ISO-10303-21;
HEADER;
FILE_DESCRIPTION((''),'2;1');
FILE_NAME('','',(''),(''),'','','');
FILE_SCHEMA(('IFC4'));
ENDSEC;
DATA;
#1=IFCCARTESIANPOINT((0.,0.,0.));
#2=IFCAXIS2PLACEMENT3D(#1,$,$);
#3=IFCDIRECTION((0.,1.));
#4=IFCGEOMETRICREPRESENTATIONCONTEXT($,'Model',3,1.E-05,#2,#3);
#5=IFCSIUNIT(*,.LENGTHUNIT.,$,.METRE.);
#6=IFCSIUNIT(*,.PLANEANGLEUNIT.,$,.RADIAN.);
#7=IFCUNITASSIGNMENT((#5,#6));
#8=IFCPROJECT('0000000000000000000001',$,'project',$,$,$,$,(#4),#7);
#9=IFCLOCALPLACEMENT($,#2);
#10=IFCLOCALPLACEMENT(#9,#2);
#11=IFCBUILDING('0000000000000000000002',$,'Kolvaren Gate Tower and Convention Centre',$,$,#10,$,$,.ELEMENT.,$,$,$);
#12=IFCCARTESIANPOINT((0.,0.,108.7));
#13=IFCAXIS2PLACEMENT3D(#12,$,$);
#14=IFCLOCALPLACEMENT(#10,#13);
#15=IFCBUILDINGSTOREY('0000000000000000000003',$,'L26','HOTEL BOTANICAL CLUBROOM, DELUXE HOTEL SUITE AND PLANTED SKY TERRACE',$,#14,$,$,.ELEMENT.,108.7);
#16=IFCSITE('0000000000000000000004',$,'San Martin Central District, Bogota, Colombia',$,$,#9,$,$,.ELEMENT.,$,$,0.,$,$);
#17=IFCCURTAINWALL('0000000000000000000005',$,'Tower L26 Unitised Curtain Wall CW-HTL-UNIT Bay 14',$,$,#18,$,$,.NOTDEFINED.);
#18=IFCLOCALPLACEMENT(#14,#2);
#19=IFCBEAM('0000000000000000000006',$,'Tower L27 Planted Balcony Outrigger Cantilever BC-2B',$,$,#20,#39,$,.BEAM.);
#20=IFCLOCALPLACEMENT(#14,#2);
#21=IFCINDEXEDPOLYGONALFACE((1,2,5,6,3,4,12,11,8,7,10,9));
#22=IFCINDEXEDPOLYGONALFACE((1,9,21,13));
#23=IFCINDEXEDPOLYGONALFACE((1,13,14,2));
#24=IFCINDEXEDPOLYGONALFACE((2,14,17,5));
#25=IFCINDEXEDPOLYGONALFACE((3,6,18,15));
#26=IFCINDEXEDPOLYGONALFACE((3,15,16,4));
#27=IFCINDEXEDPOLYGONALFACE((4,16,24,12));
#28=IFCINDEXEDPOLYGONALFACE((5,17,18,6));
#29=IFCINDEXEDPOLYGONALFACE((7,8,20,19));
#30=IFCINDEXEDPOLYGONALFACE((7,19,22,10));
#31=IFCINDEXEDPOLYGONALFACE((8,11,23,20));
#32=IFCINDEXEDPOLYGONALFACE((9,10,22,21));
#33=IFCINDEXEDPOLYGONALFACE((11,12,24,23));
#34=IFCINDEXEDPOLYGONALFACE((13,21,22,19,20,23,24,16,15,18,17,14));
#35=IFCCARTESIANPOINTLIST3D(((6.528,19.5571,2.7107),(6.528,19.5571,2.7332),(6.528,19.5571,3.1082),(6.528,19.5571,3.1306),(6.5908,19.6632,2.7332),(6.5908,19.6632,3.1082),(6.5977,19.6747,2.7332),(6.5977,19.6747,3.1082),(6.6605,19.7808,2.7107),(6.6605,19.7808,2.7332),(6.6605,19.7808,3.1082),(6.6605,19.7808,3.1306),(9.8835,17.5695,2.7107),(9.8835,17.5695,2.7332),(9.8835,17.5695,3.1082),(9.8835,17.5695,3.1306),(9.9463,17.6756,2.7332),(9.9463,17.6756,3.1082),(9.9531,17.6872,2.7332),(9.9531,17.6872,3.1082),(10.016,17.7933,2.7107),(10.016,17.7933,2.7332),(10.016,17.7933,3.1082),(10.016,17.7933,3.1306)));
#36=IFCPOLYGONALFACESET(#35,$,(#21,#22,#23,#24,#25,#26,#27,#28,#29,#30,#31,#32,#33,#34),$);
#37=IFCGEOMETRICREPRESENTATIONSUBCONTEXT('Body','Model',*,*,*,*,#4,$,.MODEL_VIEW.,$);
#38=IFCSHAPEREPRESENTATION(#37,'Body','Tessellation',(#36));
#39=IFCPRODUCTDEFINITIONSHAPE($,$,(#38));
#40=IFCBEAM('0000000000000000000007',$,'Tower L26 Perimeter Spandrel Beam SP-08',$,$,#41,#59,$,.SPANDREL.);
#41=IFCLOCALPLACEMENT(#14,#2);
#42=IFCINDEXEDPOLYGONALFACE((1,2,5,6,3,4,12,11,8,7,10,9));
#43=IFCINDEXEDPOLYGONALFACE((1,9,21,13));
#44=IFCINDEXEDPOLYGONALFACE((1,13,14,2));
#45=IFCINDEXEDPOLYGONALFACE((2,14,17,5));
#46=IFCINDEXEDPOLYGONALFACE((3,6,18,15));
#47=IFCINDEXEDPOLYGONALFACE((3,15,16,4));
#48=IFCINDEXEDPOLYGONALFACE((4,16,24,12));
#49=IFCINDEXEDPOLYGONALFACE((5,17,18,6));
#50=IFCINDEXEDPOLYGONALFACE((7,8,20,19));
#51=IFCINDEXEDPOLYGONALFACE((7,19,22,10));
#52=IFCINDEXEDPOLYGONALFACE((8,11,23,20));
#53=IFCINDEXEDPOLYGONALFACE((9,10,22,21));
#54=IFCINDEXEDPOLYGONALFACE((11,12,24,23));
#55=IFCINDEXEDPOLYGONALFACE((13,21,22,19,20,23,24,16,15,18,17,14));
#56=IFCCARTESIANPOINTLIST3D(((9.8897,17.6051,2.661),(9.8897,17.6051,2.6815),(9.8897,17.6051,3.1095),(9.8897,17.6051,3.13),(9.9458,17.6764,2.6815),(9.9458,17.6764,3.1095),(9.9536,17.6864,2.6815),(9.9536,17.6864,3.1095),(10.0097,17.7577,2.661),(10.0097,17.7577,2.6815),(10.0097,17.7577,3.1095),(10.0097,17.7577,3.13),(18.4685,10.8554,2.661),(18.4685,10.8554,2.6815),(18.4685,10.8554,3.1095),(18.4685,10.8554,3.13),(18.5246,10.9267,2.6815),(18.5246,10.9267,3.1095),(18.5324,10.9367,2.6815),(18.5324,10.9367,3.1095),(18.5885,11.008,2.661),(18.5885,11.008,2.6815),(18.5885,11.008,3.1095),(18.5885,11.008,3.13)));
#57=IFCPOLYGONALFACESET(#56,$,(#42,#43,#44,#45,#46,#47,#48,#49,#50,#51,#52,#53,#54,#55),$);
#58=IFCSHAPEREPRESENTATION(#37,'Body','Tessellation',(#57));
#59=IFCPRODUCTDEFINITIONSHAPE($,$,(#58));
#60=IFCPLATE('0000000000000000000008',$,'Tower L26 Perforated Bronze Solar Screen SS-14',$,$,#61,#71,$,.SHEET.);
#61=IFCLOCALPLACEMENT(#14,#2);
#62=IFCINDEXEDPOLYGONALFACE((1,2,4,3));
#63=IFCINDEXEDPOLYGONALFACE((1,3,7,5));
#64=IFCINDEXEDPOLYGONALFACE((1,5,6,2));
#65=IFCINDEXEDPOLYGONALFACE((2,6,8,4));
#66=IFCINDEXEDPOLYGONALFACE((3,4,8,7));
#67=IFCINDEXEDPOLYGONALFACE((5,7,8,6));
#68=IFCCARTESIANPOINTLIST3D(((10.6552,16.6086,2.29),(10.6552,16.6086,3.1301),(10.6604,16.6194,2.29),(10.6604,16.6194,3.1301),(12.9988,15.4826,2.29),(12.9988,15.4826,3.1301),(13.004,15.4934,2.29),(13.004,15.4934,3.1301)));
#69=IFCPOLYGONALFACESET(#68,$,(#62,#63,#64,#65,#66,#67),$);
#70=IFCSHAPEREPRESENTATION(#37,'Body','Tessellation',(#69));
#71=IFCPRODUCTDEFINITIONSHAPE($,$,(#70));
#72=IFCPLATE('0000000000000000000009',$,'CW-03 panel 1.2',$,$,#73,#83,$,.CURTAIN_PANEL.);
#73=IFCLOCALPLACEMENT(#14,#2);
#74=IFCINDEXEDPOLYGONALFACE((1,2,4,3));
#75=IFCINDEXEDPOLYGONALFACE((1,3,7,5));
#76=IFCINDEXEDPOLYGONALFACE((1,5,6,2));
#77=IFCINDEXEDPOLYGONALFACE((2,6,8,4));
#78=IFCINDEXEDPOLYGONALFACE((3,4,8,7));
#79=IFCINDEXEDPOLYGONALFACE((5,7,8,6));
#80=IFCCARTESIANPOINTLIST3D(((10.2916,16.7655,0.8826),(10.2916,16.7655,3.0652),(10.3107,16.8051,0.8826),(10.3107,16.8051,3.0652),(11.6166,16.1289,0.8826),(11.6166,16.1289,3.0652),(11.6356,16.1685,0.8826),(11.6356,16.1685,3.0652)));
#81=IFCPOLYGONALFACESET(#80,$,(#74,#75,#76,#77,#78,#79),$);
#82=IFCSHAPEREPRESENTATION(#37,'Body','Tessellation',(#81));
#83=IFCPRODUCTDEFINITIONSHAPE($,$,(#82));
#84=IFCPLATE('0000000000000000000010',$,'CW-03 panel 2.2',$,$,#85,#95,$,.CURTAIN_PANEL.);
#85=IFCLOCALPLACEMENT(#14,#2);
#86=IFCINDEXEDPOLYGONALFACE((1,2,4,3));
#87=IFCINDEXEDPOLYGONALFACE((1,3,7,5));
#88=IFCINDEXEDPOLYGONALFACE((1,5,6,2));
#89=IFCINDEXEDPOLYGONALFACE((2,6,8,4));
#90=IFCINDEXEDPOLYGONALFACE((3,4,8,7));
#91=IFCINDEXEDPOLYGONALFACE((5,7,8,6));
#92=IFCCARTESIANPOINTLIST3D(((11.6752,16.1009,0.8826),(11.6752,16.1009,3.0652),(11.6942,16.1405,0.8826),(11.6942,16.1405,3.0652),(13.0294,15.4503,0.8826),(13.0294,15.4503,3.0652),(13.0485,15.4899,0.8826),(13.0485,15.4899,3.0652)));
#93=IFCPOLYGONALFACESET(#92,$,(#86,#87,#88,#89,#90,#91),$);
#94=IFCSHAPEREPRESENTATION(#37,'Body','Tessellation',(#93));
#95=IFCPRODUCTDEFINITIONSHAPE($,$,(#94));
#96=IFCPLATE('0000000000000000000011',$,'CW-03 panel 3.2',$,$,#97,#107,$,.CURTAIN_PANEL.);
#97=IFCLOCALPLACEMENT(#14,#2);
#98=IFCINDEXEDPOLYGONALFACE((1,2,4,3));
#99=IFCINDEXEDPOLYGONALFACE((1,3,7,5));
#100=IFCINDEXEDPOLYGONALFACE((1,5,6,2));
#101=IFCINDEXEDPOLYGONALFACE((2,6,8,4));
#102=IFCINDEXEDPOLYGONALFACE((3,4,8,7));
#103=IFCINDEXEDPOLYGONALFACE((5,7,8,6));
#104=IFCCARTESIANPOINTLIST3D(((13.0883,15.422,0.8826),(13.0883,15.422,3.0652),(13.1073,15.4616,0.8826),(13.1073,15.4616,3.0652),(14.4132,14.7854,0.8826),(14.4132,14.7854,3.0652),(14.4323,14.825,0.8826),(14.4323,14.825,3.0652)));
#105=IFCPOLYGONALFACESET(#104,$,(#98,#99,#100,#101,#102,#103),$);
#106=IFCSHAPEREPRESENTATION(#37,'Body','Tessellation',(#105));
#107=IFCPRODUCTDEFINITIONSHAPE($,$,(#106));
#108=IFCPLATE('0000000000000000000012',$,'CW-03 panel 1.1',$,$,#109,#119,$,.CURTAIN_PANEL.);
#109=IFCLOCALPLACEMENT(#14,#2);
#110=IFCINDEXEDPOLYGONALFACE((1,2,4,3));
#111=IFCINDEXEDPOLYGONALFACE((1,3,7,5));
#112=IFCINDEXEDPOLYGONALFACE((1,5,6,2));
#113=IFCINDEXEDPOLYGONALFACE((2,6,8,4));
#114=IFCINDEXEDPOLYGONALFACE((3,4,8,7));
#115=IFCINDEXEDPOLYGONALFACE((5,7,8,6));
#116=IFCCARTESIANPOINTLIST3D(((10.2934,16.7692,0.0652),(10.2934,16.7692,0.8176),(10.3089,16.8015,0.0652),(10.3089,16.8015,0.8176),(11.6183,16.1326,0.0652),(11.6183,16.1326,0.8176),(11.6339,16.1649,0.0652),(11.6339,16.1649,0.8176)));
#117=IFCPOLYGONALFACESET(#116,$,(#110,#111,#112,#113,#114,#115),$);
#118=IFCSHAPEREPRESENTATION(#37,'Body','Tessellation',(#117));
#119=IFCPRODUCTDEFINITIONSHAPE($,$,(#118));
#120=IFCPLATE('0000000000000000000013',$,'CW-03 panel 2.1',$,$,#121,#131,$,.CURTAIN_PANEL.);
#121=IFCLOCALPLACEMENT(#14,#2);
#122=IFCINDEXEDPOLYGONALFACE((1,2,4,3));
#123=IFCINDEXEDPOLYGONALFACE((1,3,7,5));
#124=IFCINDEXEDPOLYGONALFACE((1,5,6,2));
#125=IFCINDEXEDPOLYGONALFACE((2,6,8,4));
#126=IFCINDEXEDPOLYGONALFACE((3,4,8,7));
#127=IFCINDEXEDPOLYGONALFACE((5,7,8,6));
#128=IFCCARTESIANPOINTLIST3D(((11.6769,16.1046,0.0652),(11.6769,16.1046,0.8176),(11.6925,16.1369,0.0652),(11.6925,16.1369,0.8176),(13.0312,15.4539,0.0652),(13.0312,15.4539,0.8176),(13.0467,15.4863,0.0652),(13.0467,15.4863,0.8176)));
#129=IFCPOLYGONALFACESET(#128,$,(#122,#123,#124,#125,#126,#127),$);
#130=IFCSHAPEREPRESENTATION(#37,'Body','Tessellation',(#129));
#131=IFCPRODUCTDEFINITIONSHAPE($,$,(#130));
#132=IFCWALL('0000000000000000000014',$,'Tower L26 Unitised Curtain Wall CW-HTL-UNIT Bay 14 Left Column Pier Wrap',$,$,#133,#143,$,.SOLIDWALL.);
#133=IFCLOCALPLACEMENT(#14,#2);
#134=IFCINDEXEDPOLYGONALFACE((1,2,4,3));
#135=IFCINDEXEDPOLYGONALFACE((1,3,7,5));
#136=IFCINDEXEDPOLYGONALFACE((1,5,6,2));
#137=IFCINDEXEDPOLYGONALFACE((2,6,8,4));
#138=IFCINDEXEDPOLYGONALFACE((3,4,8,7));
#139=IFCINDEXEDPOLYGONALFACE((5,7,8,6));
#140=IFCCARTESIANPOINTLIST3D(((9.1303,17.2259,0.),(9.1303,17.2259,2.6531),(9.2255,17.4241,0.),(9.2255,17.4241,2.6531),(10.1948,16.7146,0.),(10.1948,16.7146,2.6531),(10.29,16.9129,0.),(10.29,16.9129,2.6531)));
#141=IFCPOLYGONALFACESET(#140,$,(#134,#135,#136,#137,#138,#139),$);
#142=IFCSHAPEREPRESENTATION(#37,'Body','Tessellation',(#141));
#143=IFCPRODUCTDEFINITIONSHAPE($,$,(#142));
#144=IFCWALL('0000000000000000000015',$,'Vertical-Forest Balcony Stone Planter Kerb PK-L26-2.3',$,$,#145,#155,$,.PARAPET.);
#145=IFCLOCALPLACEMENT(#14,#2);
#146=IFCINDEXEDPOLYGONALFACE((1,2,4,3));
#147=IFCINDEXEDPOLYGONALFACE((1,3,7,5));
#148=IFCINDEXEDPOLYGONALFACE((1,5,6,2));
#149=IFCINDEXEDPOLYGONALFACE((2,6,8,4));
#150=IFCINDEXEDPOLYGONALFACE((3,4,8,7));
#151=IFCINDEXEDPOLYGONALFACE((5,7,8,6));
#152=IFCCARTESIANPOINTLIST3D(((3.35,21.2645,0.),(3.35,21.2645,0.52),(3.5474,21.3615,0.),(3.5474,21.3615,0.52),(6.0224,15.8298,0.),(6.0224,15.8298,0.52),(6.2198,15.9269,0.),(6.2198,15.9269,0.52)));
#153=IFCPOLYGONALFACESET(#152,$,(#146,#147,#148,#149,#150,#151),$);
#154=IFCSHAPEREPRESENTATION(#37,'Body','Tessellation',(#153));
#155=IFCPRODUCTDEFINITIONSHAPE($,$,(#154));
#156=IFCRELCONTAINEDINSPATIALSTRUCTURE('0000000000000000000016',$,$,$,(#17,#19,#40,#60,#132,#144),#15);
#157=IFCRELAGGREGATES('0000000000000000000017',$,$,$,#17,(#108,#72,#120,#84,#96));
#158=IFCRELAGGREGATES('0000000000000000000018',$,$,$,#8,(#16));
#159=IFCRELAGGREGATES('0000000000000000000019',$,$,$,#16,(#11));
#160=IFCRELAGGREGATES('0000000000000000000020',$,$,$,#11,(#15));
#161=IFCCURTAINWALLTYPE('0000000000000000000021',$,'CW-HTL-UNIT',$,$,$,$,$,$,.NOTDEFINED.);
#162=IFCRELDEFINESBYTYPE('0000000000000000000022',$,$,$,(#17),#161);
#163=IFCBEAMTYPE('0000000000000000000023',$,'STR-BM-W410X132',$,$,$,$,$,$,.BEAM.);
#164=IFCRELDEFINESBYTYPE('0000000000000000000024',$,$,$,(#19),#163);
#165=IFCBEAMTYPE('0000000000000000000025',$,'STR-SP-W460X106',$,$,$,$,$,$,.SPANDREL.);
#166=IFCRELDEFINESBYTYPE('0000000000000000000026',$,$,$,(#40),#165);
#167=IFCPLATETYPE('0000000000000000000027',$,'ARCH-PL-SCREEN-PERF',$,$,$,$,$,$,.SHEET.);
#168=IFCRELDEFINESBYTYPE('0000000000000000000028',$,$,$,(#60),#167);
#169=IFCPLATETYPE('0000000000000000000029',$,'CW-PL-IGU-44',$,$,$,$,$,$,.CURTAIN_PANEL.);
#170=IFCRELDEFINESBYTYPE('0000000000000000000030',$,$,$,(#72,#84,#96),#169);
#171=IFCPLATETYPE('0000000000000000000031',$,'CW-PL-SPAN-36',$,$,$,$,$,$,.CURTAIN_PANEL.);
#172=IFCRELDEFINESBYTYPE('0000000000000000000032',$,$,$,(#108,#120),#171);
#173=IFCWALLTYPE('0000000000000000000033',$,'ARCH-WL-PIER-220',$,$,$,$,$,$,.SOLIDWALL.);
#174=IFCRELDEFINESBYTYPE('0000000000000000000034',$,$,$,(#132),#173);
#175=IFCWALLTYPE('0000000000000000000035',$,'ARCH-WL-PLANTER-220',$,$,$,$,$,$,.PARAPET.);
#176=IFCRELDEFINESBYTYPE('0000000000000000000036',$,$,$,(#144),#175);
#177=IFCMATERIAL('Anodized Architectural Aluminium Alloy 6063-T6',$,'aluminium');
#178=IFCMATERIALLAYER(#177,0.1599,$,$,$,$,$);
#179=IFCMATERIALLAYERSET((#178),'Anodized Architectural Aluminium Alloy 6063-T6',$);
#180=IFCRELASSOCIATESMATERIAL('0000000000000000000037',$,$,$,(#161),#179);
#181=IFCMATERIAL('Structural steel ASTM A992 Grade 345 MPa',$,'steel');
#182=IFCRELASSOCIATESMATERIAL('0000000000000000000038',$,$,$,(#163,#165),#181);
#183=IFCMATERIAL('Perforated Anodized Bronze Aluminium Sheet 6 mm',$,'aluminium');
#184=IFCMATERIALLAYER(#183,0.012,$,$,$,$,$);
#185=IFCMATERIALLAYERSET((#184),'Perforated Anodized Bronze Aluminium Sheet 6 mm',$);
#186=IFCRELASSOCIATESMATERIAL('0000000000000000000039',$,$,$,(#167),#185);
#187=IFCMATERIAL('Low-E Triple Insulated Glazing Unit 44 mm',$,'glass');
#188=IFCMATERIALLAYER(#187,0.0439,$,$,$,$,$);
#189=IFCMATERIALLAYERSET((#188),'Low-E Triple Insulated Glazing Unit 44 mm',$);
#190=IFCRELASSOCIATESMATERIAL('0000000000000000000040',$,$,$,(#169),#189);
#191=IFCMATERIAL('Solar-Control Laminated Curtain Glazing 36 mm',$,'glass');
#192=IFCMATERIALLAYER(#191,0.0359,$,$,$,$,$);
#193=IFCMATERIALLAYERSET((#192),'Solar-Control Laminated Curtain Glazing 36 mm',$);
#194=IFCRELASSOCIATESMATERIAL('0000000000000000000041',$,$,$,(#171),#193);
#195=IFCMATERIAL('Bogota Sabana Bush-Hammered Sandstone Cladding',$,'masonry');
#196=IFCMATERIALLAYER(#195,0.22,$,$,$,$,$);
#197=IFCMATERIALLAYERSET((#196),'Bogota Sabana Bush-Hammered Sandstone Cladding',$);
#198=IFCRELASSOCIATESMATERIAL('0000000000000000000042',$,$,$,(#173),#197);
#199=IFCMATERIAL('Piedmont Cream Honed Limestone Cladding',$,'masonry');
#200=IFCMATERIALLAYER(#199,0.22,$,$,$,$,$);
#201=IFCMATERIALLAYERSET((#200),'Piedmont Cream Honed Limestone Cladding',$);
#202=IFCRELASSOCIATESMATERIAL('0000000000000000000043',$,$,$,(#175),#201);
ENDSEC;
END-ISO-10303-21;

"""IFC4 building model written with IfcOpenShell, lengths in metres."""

from ifc_helpers import new_model, si_unit, direction, frame, frame_2d, origin, origin_2d, place, context, subcontext, project, spatial, rectangle, i_section, extrude, material, layer, layer_set, material_profile, profile_set, type_object, element, aggregate, save


model = new_model("IFC4")

# Units and contexts
model_context = context("Model", 3, precision=1e-05, world=origin(), true_north=direction((0.0, 1.0)))
body_context = subcontext(model_context, "Body", "Model", "MODEL_VIEW")
ifc_project = project(units=[si_unit("LENGTHUNIT", "METRE"), si_unit("PLANEANGLEUNIT", "RADIAN")], contexts=[model_context])

# Site, building, storey
site_placement = place(None, origin())
site = spatial("IfcSite", under=ifc_project, at=site_placement, Name="San Martin Central District, Bogota, Colombia", CompositionType="ELEMENT", RefElevation=0.0)
building_placement = place(site_placement, origin())
building = spatial("IfcBuilding", under=site, at=building_placement, Name="Kolvaren Gate Tower and Convention Centre", CompositionType="ELEMENT")
storey_placement = place(building_placement, frame((0.0, 0.0, 108.7)))
storey = spatial("IfcBuildingStorey", under=building, at=storey_placement, Name="L26", Description="HOTEL BOTANICAL CLUBROOM, DELUXE HOTEL SUITE AND PLANTED SKY TERRACE", CompositionType="ELEMENT", Elevation=108.7)

# Curtain wall
ifc_material_1 = material(Name="Anodized Architectural Aluminium Alloy 6063-T6", Category="aluminium")
ifc_layer_1 = layer(ifc_material_1, 0.1599)
ifc_layer_set_1 = layer_set([ifc_layer_1], Name="Anodized Architectural Aluminium Alloy 6063-T6")
curtain_wall_type = type_object("IfcCurtainWallType", Name="CW-HTL-UNIT", PredefinedType="NOTDEFINED", material=ifc_layer_set_1)
curtain_wall_placement = place(storey_placement, origin())
curtain_wall = element("IfcCurtainWall", 1, at=curtain_wall_placement, inside=storey, type_object=curtain_wall_type, Name="Tower L26 Unitised Curtain Wall CW-HTL-UNIT Bay 14", PredefinedType="NOTDEFINED")

# Beams
ifc_material_2 = material(Name="Structural steel ASTM A992 Grade 345 MPa", Category="steel")
ifc_material_profile_1 = material_profile(ifc_material_2, i_section(OverallWidth=0.26, OverallDepth=0.4199, WebThickness=0.0134, FlangeThickness=0.0225, at=origin_2d()), Name="W410X132")
ifc_profile_set_1 = profile_set([ifc_material_profile_1], Name="Structural steel ASTM A992 Grade 345 MPa")
beam_type_1 = type_object("IfcBeamType", Name="STR-BM-W410X132", PredefinedType="BEAM", material=ifc_profile_set_1)
beam_1_placement = place(storey_placement, frame((9.9497, 17.6814, 2.9207), z_axis=(-0.86039, 0.509636, 0.0), x_axis=(-0.509636, -0.86039, 0.0)))
element("IfcBeam", 2, at=beam_1_placement, inside=storey, type_object=beam_type_1, Name="Tower L27 Planted Balcony Outrigger Cantilever BC-2B", PredefinedType="BEAM", context=body_context, shape_type="SweptSolid", body=[
    extrude(i_section(OverallWidth=0.26, OverallDepth=0.4199, WebThickness=0.0134, FlangeThickness=0.0225, at=origin_2d()), origin(), (0.0, 0.0, 1.0), 3.8999),
])
ifc_material_profile_2 = material_profile(ifc_material_2, i_section(OverallWidth=0.1941, OverallDepth=0.469, WebThickness=0.0127, FlangeThickness=0.0205, at=origin_2d()), Name="W460X106")
ifc_profile_set_2 = profile_set([ifc_material_profile_2], Name="Structural steel ASTM A992 Grade 345 MPa")
beam_type_2 = type_object("IfcBeamType", Name="STR-SP-W460X106", PredefinedType="SPANDREL", material=ifc_profile_set_2)
beam_2_placement = place(storey_placement, frame((9.9497, 17.6814, 2.8955), z_axis=(0.785908, -0.618344, 0.0), x_axis=(0.618344, 0.785908, 0.0)))
element("IfcBeam", 3, at=beam_2_placement, inside=storey, type_object=beam_type_2, Name="Tower L26 Perimeter Spandrel Beam SP-08", PredefinedType="SPANDREL", context=body_context, shape_type="SweptSolid", body=[
    extrude(i_section(OverallWidth=0.1941, OverallDepth=0.469, WebThickness=0.0127, FlangeThickness=0.0205, at=origin_2d()), origin(), (0.0, 0.0, 1.0), 10.9158),
])

# Plates
ifc_material_3 = material(Name="Perforated Anodized Bronze Aluminium Sheet 6 mm", Category="aluminium")
ifc_layer_2 = layer(ifc_material_3, 0.012)
ifc_layer_set_2 = layer_set([ifc_layer_2], Name="Perforated Anodized Bronze Aluminium Sheet 6 mm")
plate_type_1 = type_object("IfcPlateType", Name="ARCH-PL-SCREEN-PERF", PredefinedType="SHEET", material=ifc_layer_set_2)
plate_1_placement = place(storey_placement, frame((11.8296, 16.051, 2.29), z_axis=(0.0, 0.0, 1.0), x_axis=(0.901363, -0.433065, 0.0)))
element("IfcPlate", 4, at=plate_1_placement, inside=storey, type_object=plate_type_1, Name="Tower L26 Perforated Bronze Solar Screen SS-14", PredefinedType="SHEET", context=body_context, shape_type="SweptSolid", body=[
    extrude(rectangle(XDim=2.6001, YDim=0.012, at=origin_2d()), origin(), (0.0, 0.0, 1.0), 0.8401),
])
ifc_material_4 = material(Name="Low-E Triple Insulated Glazing Unit 44 mm", Category="glass")
ifc_layer_3 = layer(ifc_material_4, 0.0439)
ifc_layer_set_3 = layer_set([ifc_layer_3], Name="Low-E Triple Insulated Glazing Unit 44 mm")
plate_type_2 = type_object("IfcPlateType", Name="CW-PL-IGU-44", PredefinedType="CURTAIN_PANEL", material=ifc_layer_set_3)
plate_2_placement = place(storey_placement, frame((10.9636, 16.467, 0.8826), z_axis=(0.0, 0.0, 1.0), x_axis=(0.901359, -0.433073, 0.0)))
plate_2 = element("IfcPlate", 5, at=plate_2_placement, type_object=plate_type_2, Name="CW-03 panel 1.2", PredefinedType="CURTAIN_PANEL", context=body_context, shape_type="SweptSolid", body=[
    extrude(rectangle(XDim=1.47, YDim=0.0439, at=origin_2d()), origin(), (0.0, 0.0, 1.0), 2.1826),
])
plate_3_placement = place(storey_placement, frame((12.3618, 15.7954, 0.8826), z_axis=(0.0, 0.0, 1.0), x_axis=(0.901359, -0.433073, 0.0)))
plate_3 = element("IfcPlate", 6, at=plate_3_placement, type_object=plate_type_2, Name="CW-03 panel 2.2", PredefinedType="CURTAIN_PANEL", context=body_context, shape_type="SweptSolid", body=[
    extrude(rectangle(XDim=1.5024, YDim=0.0439, at=origin_2d()), origin(), (0.0, 0.0, 1.0), 2.1826),
])
plate_4_placement = place(storey_placement, frame((13.7603, 15.1235, 0.8826), z_axis=(0.0, 0.0, 1.0), x_axis=(0.901359, -0.433073, 0.0)))
plate_4 = element("IfcPlate", 7, at=plate_4_placement, type_object=plate_type_2, Name="CW-03 panel 3.2", PredefinedType="CURTAIN_PANEL", context=body_context, shape_type="SweptSolid", body=[
    extrude(rectangle(XDim=1.47, YDim=0.0439, at=origin_2d()), origin(), (0.0, 0.0, 1.0), 2.1826),
])
ifc_material_5 = material(Name="Solar-Control Laminated Curtain Glazing 36 mm", Category="glass")
ifc_layer_4 = layer(ifc_material_5, 0.0359)
ifc_layer_set_4 = layer_set([ifc_layer_4], Name="Solar-Control Laminated Curtain Glazing 36 mm")
plate_type_3 = type_object("IfcPlateType", Name="CW-PL-SPAN-36", PredefinedType="CURTAIN_PANEL", material=ifc_layer_set_4)
plate_5_placement = place(storey_placement, frame((10.9636, 16.467, 0.0652), z_axis=(0.0, 0.0, 1.0), x_axis=(0.901359, -0.433073, 0.0)))
plate_5 = element("IfcPlate", 8, at=plate_5_placement, type_object=plate_type_3, Name="CW-03 panel 1.1", PredefinedType="CURTAIN_PANEL", context=body_context, shape_type="SweptSolid", body=[
    extrude(rectangle(XDim=1.47, YDim=0.0359, at=origin_2d()), origin(), (0.0, 0.0, 1.0), 0.7524),
])
plate_6_placement = place(storey_placement, frame((12.3618, 15.7954, 0.0652), z_axis=(0.0, 0.0, 1.0), x_axis=(0.901359, -0.433073, 0.0)))
plate_6 = element("IfcPlate", 9, at=plate_6_placement, type_object=plate_type_3, Name="CW-03 panel 2.1", PredefinedType="CURTAIN_PANEL", context=body_context, shape_type="SweptSolid", body=[
    extrude(rectangle(XDim=1.5024, YDim=0.0359, at=origin_2d()), origin(), (0.0, 0.0, 1.0), 0.7524),
])
aggregate(curtain_wall, [plate_5, plate_2, plate_6, plate_3, plate_4])

# Walls
ifc_material_6 = material(Name="Bogota Sabana Bush-Hammered Sandstone Cladding", Category="masonry")
ifc_layer_5 = layer(ifc_material_6, 0.22)
ifc_layer_set_5 = layer_set([ifc_layer_5], Name="Bogota Sabana Bush-Hammered Sandstone Cladding")
wall_type_1 = type_object("IfcWallType", Name="ARCH-WL-PIER-220", PredefinedType="SOLIDWALL", material=ifc_layer_set_5)
wall_1_placement = place(storey_placement, frame((9.178, 17.325, 0.0), z_axis=(0.0, 0.0, 1.0), x_axis=(0.901426, -0.432933, 0.0)))
element("IfcWall", 10, at=wall_1_placement, inside=storey, type_object=wall_type_1, Name="Tower L26 Unitised Curtain Wall CW-HTL-UNIT Bay 14 Left Column Pier Wrap", PredefinedType="SOLIDWALL", context=body_context, shape_type="SweptSolid", body=[
    extrude(rectangle(XDim=1.1809, YDim=0.22, at=frame_2d((0.5903, 0.0))), origin(), (0.0, 0.0, 1.0), 2.6531),
])
ifc_material_7 = material(Name="Piedmont Cream Honed Limestone Cladding", Category="masonry")
ifc_layer_6 = layer(ifc_material_7, 0.22)
ifc_layer_set_6 = layer_set([ifc_layer_6], Name="Piedmont Cream Honed Limestone Cladding")
wall_type_2 = type_object("IfcWallType", Name="ARCH-WL-PLANTER-220", PredefinedType="PARAPET", material=ifc_layer_set_6)
wall_2_placement = place(storey_placement, frame((3.4487, 21.313, 0.0), z_axis=(0.0, 0.0, 1.0), x_axis=(0.44127, -0.897375, 0.0)))
element("IfcWall", 11, at=wall_2_placement, inside=storey, type_object=wall_type_2, Name="Vertical-Forest Balcony Stone Planter Kerb PK-L26-2.3", PredefinedType="PARAPET", context=body_context, shape_type="SweptSolid", body=[
    extrude(rectangle(XDim=6.0562, YDim=0.22, at=frame_2d((3.0281, 0.0))), origin(), (0.0, 0.0, 1.0), 0.52),
])

save(model, "model.ifc")
